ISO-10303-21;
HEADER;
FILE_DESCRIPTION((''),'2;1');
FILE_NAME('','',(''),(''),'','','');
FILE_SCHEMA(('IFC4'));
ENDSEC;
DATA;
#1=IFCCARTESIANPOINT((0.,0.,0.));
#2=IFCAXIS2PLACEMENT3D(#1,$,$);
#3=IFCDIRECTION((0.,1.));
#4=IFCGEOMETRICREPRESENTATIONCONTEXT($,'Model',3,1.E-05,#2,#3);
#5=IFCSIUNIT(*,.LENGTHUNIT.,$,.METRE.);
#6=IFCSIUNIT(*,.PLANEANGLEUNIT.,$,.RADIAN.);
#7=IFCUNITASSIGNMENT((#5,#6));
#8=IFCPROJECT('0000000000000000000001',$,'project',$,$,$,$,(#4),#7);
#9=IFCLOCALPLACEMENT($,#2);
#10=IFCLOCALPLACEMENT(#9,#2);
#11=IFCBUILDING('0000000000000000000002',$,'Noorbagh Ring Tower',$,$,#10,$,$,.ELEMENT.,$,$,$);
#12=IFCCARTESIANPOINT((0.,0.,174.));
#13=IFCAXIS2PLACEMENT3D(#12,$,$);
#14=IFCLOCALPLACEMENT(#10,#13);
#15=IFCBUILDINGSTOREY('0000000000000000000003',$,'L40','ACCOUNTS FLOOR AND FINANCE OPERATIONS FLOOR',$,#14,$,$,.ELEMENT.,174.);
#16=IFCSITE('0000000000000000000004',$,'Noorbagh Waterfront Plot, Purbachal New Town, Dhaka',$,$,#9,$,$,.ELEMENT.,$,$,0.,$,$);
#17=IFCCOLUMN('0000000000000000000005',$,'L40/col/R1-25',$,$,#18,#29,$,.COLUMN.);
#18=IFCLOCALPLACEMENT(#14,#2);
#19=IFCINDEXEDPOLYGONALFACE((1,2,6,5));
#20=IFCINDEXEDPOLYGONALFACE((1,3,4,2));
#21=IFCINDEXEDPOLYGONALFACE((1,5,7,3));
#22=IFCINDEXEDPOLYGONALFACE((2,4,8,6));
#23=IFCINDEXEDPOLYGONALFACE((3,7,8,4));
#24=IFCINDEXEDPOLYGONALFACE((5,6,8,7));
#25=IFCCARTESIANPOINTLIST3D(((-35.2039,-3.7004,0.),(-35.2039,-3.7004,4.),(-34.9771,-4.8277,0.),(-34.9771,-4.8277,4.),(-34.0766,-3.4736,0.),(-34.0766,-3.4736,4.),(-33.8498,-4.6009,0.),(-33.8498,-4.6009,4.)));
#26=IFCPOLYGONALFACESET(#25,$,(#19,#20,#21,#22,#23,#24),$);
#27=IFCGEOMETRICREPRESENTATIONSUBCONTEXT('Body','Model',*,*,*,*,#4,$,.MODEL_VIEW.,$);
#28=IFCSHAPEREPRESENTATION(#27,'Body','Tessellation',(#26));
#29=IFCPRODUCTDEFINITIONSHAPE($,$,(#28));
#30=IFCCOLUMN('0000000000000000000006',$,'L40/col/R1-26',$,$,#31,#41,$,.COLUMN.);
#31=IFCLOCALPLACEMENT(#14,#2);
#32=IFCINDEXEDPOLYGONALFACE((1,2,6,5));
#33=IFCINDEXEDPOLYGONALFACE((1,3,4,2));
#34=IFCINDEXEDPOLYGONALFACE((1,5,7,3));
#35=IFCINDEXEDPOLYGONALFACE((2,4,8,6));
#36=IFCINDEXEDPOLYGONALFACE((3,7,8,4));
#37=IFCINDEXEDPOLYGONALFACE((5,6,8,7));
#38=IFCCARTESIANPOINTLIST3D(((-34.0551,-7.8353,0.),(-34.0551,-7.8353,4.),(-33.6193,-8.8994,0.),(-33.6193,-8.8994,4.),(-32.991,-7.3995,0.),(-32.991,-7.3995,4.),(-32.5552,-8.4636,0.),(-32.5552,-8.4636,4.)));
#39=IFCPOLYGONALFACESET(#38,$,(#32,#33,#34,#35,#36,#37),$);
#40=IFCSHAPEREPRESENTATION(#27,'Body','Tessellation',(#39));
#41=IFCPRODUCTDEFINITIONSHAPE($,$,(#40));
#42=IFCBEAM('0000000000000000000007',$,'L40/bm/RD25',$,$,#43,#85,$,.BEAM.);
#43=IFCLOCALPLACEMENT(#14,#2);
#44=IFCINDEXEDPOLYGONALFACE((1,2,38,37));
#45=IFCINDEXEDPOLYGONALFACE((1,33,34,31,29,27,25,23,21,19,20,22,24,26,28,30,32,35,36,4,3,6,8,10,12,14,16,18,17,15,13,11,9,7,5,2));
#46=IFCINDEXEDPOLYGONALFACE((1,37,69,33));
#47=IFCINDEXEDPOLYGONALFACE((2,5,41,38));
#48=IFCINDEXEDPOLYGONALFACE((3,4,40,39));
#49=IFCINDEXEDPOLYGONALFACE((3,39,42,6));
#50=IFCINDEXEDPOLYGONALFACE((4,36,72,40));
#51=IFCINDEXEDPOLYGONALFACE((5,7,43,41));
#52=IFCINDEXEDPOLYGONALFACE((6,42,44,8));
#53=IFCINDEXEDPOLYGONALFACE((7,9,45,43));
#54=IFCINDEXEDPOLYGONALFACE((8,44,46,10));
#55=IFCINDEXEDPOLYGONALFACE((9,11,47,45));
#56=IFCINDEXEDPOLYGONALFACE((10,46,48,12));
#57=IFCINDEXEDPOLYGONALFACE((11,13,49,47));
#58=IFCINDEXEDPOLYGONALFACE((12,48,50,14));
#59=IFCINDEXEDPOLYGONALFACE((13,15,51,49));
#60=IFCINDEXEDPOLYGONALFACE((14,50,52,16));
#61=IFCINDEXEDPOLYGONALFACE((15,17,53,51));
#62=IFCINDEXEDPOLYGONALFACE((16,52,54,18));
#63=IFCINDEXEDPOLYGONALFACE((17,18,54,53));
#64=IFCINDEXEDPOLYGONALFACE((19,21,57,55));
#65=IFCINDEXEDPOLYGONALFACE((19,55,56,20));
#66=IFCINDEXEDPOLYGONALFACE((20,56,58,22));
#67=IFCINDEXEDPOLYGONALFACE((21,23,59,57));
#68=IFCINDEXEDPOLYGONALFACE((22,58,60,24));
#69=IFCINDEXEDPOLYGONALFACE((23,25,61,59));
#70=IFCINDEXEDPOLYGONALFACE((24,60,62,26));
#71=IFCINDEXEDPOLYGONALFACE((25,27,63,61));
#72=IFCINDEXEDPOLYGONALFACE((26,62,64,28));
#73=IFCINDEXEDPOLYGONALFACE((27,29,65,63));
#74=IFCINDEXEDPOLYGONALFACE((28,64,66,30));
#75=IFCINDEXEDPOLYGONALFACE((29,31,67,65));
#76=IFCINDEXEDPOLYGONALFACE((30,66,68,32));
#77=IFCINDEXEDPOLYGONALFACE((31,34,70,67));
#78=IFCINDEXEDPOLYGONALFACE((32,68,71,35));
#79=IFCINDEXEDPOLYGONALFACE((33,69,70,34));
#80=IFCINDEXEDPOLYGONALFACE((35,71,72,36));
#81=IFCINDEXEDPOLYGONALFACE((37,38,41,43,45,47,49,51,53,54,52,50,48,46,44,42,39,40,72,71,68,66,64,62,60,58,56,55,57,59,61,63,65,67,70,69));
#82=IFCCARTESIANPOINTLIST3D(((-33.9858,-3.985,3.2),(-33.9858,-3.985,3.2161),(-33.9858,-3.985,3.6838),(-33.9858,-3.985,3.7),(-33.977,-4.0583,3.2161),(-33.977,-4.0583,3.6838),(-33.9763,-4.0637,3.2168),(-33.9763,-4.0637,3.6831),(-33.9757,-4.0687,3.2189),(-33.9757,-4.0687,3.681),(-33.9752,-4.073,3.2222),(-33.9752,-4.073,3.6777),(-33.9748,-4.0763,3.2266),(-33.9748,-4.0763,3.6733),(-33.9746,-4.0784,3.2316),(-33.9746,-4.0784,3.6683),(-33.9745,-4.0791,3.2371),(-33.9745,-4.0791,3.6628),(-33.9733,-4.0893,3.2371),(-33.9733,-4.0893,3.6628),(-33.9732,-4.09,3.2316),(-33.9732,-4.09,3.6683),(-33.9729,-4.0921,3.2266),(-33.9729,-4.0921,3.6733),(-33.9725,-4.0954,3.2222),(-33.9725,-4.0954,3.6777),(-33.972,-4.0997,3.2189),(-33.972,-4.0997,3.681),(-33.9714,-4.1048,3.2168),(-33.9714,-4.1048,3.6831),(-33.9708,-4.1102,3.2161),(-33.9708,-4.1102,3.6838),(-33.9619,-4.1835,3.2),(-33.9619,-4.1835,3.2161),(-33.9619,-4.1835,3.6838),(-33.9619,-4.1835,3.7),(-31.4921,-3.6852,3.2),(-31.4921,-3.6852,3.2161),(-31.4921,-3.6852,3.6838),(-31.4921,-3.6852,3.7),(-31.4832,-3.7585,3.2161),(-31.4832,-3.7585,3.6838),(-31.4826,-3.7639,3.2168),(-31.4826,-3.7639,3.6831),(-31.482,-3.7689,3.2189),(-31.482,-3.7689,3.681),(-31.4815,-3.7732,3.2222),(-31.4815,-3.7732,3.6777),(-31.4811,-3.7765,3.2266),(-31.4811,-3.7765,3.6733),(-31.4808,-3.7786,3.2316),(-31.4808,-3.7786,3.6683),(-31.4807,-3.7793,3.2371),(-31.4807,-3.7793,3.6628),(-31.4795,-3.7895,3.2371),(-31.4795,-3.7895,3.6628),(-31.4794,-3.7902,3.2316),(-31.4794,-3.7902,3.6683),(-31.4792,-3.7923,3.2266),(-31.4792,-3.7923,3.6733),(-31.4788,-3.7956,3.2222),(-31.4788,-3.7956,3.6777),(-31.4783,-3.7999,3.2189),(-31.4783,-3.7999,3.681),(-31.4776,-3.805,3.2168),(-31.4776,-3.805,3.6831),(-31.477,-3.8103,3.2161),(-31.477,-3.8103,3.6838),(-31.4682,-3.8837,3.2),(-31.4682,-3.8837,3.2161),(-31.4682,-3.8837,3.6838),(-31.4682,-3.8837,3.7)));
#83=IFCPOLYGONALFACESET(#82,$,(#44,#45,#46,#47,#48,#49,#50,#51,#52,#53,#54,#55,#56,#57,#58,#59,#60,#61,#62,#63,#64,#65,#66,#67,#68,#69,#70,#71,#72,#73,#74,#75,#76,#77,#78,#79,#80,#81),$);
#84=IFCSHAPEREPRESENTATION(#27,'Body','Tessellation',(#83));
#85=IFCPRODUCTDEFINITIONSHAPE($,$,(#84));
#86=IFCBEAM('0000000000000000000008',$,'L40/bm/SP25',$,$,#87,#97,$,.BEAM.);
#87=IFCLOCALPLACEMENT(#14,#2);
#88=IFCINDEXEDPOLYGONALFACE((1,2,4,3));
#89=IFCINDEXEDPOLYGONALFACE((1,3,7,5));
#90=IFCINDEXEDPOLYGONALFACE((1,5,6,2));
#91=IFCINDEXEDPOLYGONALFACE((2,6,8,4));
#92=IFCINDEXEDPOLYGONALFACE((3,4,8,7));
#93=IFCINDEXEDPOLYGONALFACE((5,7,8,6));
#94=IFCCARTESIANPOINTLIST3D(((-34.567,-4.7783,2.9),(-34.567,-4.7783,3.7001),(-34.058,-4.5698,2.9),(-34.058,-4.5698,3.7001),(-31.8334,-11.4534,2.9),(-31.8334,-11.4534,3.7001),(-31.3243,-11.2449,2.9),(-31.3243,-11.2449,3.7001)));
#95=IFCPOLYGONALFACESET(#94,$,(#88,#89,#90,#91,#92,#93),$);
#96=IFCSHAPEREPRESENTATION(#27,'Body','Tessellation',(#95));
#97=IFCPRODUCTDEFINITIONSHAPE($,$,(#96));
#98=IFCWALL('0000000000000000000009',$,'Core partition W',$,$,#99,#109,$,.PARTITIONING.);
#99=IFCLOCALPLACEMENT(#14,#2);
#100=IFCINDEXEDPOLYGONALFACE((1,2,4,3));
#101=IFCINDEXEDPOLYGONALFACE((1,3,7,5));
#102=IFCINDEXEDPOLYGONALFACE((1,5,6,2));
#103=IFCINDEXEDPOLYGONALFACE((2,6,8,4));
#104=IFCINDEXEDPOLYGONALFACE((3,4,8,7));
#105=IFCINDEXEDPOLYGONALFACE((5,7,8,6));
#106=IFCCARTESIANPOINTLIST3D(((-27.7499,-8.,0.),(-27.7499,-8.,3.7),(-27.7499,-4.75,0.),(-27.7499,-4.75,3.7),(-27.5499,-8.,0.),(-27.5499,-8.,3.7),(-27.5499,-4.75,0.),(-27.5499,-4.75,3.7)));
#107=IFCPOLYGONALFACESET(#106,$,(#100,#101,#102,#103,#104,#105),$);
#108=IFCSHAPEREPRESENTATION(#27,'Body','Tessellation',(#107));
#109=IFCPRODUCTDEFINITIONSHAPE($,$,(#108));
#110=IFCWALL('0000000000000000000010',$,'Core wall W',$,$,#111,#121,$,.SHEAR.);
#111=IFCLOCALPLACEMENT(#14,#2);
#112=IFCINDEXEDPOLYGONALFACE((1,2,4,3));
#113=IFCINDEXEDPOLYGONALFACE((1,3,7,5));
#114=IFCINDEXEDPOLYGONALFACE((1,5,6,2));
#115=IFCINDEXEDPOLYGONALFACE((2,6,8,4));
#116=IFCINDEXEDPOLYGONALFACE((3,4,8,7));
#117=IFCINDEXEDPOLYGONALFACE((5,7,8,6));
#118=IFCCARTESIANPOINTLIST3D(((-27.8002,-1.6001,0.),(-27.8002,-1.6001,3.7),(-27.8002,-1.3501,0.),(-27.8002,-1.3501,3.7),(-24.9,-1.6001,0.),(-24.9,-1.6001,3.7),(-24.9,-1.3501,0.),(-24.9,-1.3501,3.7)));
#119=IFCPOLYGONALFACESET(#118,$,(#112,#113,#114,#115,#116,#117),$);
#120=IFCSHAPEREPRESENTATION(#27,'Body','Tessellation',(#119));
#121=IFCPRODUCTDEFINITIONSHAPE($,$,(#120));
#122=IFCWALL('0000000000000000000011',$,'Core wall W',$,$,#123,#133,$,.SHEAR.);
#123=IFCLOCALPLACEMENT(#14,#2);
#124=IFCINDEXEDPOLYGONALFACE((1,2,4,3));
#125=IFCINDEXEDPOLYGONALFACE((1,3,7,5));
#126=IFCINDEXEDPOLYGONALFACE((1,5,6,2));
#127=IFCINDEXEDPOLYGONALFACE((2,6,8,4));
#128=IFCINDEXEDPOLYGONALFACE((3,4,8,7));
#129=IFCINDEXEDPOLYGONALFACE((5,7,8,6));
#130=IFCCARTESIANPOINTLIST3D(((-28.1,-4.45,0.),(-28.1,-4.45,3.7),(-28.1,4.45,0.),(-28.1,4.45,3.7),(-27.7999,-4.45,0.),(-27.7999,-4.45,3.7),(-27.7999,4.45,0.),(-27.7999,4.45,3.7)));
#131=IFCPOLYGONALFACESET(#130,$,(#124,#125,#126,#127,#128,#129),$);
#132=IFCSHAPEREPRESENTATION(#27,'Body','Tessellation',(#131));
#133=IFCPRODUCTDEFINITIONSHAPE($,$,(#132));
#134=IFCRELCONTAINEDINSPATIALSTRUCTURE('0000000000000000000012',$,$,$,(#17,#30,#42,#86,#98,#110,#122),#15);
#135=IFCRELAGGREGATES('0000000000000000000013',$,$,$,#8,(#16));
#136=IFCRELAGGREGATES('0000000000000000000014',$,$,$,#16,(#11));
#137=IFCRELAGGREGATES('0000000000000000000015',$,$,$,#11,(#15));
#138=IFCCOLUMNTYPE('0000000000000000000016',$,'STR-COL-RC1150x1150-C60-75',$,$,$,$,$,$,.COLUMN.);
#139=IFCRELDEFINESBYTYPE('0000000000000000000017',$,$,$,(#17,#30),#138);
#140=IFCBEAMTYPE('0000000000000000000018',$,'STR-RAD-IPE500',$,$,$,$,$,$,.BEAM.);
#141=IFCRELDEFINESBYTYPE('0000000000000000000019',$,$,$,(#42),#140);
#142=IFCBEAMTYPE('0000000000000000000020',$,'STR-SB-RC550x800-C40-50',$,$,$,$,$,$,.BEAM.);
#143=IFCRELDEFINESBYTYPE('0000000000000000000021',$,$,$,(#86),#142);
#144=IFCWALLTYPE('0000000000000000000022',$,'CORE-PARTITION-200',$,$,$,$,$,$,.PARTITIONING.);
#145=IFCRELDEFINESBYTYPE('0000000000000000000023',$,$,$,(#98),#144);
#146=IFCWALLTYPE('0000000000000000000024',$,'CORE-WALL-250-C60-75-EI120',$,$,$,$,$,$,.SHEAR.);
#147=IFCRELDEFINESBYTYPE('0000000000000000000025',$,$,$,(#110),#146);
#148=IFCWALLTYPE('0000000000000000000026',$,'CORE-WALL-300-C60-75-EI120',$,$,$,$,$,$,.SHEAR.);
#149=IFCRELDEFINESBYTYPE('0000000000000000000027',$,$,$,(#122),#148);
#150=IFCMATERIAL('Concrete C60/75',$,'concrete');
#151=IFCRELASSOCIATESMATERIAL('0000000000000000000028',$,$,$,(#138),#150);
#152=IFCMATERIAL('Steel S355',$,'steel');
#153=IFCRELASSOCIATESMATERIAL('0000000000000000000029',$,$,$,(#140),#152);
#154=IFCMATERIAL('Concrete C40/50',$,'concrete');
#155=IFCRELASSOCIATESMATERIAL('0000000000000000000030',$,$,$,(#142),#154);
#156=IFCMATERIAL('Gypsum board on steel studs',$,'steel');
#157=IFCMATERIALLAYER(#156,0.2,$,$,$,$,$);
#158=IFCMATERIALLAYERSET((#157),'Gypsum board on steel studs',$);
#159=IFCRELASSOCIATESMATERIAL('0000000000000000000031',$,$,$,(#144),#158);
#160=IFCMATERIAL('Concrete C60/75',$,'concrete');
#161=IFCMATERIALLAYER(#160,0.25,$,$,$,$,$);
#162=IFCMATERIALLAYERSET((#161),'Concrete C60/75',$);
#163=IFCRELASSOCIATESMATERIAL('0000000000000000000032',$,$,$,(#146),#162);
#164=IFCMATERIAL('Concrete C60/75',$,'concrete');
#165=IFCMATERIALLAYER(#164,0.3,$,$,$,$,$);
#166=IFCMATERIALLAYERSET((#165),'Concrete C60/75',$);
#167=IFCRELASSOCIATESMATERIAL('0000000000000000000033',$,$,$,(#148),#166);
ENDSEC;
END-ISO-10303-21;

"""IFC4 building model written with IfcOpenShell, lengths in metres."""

from ifc_helpers import new_model, si_unit, direction, frame, frame_2d, origin, origin_2d, place, context, subcontext, project, spatial, rectangle, i_section, extrude, material, layer, layer_set, material_profile, profile_set, type_object, element, save


model = new_model("IFC4")

# Units and contexts
model_context = context("Model", 3, precision=1e-05, world=origin(), true_north=direction((0.0, 1.0)))
body_context = subcontext(model_context, "Body", "Model", "MODEL_VIEW")
ifc_project = project(units=[si_unit("LENGTHUNIT", "METRE"), si_unit("PLANEANGLEUNIT", "RADIAN")], contexts=[model_context])

# Site, building, storey
site_placement = place(None, origin())
site = spatial("IfcSite", under=ifc_project, at=site_placement, Name="Noorbagh Waterfront Plot, Purbachal New Town, Dhaka", CompositionType="ELEMENT", RefElevation=0.0)
building_placement = place(site_placement, origin())
building = spatial("IfcBuilding", under=site, at=building_placement, Name="Noorbagh Ring Tower", CompositionType="ELEMENT")
storey_placement = place(building_placement, frame((0.0, 0.0, 174.0)))
storey = spatial("IfcBuildingStorey", under=building, at=storey_placement, Name="L40", Description="ACCOUNTS FLOOR AND FINANCE OPERATIONS FLOOR", CompositionType="ELEMENT", Elevation=174.0)

# Columns
ifc_material_1 = material(Name="Concrete C60/75", Category="concrete")
ifc_material_profile_1 = material_profile(ifc_material_1, rectangle(XDim=1.1499, YDim=1.1499, at=origin_2d()), Name="RC1150x1150")
ifc_profile_set_1 = profile_set([ifc_material_profile_1], Name="Concrete C60/75")
column_type = type_object("IfcColumnType", Name="STR-COL-RC1150x1150-C60-75", PredefinedType="COLUMN", material=ifc_profile_set_1)
for number, where, z_axis, x_axis, name in (
    (1, (-34.5269, -4.1506, 0.0), (0.0, 0.0, 1.0), (0.19723, -0.980357, 0.0), "L40/col/R1-25"),
    (2, (-33.3052, -8.1494, 0.0), (0.0, 0.0, 1.0), (0.378989, -0.925401, 0.0), "L40/col/R1-26"),
):
    element("IfcColumn", number, at=place(storey_placement, frame(where, z_axis=z_axis, x_axis=x_axis)), inside=storey, type_object=column_type, Name=name, PredefinedType="COLUMN", context=body_context, shape_type="SweptSolid", body=[
        extrude(rectangle(XDim=1.1499, YDim=1.1499, at=origin_2d()), origin(), (0.0, 0.0, 1.0), 4.0),
    ])

# Beams
ifc_material_2 = material(Name="Steel S355", Category="steel")
ifc_material_profile_2 = material_profile(ifc_material_2, i_section(OverallWidth=0.2, OverallDepth=0.5, WebThickness=0.0103, FlangeThickness=0.0161, FilletRadius=0.021, at=origin_2d()), Name="IPE500")
ifc_profile_set_2 = profile_set([ifc_material_profile_2], Name="Steel S355")
beam_type_1 = type_object("IfcBeamType", Name="STR-RAD-IPE500", PredefinedType="BEAM", material=ifc_profile_set_2)
beam_1_placement = place(storey_placement, frame((-33.9739, -4.0842, 3.45), z_axis=(0.99285, 0.119368, 0.0), x_axis=(-0.119368, 0.99285, 0.0)))
element("IfcBeam", 3, at=beam_1_placement, inside=storey, type_object=beam_type_1, Name="L40/bm/RD25", PredefinedType="BEAM", context=body_context, shape_type="SweptSolid", body=[
    extrude(i_section(OverallWidth=0.2, OverallDepth=0.5, WebThickness=0.0103, FlangeThickness=0.0161, FilletRadius=0.021, at=origin_2d()), origin(), (0.0, 0.0, 1.0), 2.5117),
])
ifc_material_3 = material(Name="Concrete C40/50", Category="concrete")
ifc_material_profile_3 = material_profile(ifc_material_3, rectangle(XDim=0.55, YDim=0.8, at=origin_2d()), Name="RC550x800")
ifc_profile_set_3 = profile_set([ifc_material_profile_3], Name="Concrete C40/50")
beam_type_2 = type_object("IfcBeamType", Name="STR-SB-RC550x800-C40-50", PredefinedType="BEAM", material=ifc_profile_set_3)
beam_2_placement = place(storey_placement, frame((-34.3125, -4.6741, 3.3), z_axis=(0.378982, -0.925404, 0.0), x_axis=(0.925404, 0.378982, 0.0)))
element("IfcBeam", 4, at=beam_2_placement, inside=storey, type_object=beam_type_2, Name="L40/bm/SP25", PredefinedType="BEAM", context=body_context, shape_type="SweptSolid", body=[
    extrude(rectangle(XDim=0.55, YDim=0.8, at=origin_2d()), origin(), (0.0, 0.0, 1.0), 7.2131),
])

# Walls
ifc_material_4 = material(Name="Gypsum board on steel studs", Category="steel")
ifc_layer_1 = layer(ifc_material_4, 0.2)
ifc_layer_set_1 = layer_set([ifc_layer_1], Name="Gypsum board on steel studs")
wall_type_1 = type_object("IfcWallType", Name="CORE-PARTITION-200", PredefinedType="PARTITIONING", material=ifc_layer_set_1)
wall_1_placement = place(storey_placement, frame((-27.6499, -8.0, 0.0), z_axis=(0.0, 0.0, 1.0), x_axis=(0.0, 1.0, 0.0)))
element("IfcWall", 5, at=wall_1_placement, inside=storey, type_object=wall_type_1, Name="Core partition W", PredefinedType="PARTITIONING", context=body_context, shape_type="SweptSolid", body=[
    extrude(rectangle(XDim=3.25, YDim=0.2, at=frame_2d((1.625, 0.0))), origin(), (0.0, 0.0, 1.0), 3.7),
])
ifc_material_5 = material(Name="Concrete C60/75", Category="concrete")
ifc_layer_2 = layer(ifc_material_5, 0.25)
ifc_layer_set_2 = layer_set([ifc_layer_2], Name="Concrete C60/75")
wall_type_2 = type_object("IfcWallType", Name="CORE-WALL-250-C60-75-EI120", PredefinedType="SHEAR", material=ifc_layer_set_2)
wall_2_placement = place(storey_placement, frame((-24.8999, -1.4751, 0.0), z_axis=(0.0, 0.0, 1.0), x_axis=(-1.0, 0.0, 0.0)))
element("IfcWall", 6, at=wall_2_placement, inside=storey, type_object=wall_type_2, Name="Core wall W", PredefinedType="SHEAR", context=body_context, shape_type="SweptSolid", body=[
    extrude(rectangle(XDim=2.9001, YDim=0.25, at=frame_2d((1.4502, 0.0))), origin(), (0.0, 0.0, 1.0), 3.7),
])
ifc_material_6 = material(Name="Concrete C60/75", Category="concrete")
ifc_layer_3 = layer(ifc_material_6, 0.3)
ifc_layer_set_3 = layer_set([ifc_layer_3], Name="Concrete C60/75")
wall_type_3 = type_object("IfcWallType", Name="CORE-WALL-300-C60-75-EI120", PredefinedType="SHEAR", material=ifc_layer_set_3)
wall_3_placement = place(storey_placement, frame((-27.95, -4.45, 0.0), z_axis=(0.0, 0.0, 1.0), x_axis=(0.0, 1.0, 0.0)))
element("IfcWall", 7, at=wall_3_placement, inside=storey, type_object=wall_type_3, Name="Core wall W", PredefinedType="SHEAR", context=body_context, shape_type="SweptSolid", body=[
    extrude(rectangle(XDim=8.8999, YDim=0.3, at=frame_2d((4.45, 0.0))), origin(), (0.0, 0.0, 1.0), 3.7),
])

save(model, "model.ifc")
